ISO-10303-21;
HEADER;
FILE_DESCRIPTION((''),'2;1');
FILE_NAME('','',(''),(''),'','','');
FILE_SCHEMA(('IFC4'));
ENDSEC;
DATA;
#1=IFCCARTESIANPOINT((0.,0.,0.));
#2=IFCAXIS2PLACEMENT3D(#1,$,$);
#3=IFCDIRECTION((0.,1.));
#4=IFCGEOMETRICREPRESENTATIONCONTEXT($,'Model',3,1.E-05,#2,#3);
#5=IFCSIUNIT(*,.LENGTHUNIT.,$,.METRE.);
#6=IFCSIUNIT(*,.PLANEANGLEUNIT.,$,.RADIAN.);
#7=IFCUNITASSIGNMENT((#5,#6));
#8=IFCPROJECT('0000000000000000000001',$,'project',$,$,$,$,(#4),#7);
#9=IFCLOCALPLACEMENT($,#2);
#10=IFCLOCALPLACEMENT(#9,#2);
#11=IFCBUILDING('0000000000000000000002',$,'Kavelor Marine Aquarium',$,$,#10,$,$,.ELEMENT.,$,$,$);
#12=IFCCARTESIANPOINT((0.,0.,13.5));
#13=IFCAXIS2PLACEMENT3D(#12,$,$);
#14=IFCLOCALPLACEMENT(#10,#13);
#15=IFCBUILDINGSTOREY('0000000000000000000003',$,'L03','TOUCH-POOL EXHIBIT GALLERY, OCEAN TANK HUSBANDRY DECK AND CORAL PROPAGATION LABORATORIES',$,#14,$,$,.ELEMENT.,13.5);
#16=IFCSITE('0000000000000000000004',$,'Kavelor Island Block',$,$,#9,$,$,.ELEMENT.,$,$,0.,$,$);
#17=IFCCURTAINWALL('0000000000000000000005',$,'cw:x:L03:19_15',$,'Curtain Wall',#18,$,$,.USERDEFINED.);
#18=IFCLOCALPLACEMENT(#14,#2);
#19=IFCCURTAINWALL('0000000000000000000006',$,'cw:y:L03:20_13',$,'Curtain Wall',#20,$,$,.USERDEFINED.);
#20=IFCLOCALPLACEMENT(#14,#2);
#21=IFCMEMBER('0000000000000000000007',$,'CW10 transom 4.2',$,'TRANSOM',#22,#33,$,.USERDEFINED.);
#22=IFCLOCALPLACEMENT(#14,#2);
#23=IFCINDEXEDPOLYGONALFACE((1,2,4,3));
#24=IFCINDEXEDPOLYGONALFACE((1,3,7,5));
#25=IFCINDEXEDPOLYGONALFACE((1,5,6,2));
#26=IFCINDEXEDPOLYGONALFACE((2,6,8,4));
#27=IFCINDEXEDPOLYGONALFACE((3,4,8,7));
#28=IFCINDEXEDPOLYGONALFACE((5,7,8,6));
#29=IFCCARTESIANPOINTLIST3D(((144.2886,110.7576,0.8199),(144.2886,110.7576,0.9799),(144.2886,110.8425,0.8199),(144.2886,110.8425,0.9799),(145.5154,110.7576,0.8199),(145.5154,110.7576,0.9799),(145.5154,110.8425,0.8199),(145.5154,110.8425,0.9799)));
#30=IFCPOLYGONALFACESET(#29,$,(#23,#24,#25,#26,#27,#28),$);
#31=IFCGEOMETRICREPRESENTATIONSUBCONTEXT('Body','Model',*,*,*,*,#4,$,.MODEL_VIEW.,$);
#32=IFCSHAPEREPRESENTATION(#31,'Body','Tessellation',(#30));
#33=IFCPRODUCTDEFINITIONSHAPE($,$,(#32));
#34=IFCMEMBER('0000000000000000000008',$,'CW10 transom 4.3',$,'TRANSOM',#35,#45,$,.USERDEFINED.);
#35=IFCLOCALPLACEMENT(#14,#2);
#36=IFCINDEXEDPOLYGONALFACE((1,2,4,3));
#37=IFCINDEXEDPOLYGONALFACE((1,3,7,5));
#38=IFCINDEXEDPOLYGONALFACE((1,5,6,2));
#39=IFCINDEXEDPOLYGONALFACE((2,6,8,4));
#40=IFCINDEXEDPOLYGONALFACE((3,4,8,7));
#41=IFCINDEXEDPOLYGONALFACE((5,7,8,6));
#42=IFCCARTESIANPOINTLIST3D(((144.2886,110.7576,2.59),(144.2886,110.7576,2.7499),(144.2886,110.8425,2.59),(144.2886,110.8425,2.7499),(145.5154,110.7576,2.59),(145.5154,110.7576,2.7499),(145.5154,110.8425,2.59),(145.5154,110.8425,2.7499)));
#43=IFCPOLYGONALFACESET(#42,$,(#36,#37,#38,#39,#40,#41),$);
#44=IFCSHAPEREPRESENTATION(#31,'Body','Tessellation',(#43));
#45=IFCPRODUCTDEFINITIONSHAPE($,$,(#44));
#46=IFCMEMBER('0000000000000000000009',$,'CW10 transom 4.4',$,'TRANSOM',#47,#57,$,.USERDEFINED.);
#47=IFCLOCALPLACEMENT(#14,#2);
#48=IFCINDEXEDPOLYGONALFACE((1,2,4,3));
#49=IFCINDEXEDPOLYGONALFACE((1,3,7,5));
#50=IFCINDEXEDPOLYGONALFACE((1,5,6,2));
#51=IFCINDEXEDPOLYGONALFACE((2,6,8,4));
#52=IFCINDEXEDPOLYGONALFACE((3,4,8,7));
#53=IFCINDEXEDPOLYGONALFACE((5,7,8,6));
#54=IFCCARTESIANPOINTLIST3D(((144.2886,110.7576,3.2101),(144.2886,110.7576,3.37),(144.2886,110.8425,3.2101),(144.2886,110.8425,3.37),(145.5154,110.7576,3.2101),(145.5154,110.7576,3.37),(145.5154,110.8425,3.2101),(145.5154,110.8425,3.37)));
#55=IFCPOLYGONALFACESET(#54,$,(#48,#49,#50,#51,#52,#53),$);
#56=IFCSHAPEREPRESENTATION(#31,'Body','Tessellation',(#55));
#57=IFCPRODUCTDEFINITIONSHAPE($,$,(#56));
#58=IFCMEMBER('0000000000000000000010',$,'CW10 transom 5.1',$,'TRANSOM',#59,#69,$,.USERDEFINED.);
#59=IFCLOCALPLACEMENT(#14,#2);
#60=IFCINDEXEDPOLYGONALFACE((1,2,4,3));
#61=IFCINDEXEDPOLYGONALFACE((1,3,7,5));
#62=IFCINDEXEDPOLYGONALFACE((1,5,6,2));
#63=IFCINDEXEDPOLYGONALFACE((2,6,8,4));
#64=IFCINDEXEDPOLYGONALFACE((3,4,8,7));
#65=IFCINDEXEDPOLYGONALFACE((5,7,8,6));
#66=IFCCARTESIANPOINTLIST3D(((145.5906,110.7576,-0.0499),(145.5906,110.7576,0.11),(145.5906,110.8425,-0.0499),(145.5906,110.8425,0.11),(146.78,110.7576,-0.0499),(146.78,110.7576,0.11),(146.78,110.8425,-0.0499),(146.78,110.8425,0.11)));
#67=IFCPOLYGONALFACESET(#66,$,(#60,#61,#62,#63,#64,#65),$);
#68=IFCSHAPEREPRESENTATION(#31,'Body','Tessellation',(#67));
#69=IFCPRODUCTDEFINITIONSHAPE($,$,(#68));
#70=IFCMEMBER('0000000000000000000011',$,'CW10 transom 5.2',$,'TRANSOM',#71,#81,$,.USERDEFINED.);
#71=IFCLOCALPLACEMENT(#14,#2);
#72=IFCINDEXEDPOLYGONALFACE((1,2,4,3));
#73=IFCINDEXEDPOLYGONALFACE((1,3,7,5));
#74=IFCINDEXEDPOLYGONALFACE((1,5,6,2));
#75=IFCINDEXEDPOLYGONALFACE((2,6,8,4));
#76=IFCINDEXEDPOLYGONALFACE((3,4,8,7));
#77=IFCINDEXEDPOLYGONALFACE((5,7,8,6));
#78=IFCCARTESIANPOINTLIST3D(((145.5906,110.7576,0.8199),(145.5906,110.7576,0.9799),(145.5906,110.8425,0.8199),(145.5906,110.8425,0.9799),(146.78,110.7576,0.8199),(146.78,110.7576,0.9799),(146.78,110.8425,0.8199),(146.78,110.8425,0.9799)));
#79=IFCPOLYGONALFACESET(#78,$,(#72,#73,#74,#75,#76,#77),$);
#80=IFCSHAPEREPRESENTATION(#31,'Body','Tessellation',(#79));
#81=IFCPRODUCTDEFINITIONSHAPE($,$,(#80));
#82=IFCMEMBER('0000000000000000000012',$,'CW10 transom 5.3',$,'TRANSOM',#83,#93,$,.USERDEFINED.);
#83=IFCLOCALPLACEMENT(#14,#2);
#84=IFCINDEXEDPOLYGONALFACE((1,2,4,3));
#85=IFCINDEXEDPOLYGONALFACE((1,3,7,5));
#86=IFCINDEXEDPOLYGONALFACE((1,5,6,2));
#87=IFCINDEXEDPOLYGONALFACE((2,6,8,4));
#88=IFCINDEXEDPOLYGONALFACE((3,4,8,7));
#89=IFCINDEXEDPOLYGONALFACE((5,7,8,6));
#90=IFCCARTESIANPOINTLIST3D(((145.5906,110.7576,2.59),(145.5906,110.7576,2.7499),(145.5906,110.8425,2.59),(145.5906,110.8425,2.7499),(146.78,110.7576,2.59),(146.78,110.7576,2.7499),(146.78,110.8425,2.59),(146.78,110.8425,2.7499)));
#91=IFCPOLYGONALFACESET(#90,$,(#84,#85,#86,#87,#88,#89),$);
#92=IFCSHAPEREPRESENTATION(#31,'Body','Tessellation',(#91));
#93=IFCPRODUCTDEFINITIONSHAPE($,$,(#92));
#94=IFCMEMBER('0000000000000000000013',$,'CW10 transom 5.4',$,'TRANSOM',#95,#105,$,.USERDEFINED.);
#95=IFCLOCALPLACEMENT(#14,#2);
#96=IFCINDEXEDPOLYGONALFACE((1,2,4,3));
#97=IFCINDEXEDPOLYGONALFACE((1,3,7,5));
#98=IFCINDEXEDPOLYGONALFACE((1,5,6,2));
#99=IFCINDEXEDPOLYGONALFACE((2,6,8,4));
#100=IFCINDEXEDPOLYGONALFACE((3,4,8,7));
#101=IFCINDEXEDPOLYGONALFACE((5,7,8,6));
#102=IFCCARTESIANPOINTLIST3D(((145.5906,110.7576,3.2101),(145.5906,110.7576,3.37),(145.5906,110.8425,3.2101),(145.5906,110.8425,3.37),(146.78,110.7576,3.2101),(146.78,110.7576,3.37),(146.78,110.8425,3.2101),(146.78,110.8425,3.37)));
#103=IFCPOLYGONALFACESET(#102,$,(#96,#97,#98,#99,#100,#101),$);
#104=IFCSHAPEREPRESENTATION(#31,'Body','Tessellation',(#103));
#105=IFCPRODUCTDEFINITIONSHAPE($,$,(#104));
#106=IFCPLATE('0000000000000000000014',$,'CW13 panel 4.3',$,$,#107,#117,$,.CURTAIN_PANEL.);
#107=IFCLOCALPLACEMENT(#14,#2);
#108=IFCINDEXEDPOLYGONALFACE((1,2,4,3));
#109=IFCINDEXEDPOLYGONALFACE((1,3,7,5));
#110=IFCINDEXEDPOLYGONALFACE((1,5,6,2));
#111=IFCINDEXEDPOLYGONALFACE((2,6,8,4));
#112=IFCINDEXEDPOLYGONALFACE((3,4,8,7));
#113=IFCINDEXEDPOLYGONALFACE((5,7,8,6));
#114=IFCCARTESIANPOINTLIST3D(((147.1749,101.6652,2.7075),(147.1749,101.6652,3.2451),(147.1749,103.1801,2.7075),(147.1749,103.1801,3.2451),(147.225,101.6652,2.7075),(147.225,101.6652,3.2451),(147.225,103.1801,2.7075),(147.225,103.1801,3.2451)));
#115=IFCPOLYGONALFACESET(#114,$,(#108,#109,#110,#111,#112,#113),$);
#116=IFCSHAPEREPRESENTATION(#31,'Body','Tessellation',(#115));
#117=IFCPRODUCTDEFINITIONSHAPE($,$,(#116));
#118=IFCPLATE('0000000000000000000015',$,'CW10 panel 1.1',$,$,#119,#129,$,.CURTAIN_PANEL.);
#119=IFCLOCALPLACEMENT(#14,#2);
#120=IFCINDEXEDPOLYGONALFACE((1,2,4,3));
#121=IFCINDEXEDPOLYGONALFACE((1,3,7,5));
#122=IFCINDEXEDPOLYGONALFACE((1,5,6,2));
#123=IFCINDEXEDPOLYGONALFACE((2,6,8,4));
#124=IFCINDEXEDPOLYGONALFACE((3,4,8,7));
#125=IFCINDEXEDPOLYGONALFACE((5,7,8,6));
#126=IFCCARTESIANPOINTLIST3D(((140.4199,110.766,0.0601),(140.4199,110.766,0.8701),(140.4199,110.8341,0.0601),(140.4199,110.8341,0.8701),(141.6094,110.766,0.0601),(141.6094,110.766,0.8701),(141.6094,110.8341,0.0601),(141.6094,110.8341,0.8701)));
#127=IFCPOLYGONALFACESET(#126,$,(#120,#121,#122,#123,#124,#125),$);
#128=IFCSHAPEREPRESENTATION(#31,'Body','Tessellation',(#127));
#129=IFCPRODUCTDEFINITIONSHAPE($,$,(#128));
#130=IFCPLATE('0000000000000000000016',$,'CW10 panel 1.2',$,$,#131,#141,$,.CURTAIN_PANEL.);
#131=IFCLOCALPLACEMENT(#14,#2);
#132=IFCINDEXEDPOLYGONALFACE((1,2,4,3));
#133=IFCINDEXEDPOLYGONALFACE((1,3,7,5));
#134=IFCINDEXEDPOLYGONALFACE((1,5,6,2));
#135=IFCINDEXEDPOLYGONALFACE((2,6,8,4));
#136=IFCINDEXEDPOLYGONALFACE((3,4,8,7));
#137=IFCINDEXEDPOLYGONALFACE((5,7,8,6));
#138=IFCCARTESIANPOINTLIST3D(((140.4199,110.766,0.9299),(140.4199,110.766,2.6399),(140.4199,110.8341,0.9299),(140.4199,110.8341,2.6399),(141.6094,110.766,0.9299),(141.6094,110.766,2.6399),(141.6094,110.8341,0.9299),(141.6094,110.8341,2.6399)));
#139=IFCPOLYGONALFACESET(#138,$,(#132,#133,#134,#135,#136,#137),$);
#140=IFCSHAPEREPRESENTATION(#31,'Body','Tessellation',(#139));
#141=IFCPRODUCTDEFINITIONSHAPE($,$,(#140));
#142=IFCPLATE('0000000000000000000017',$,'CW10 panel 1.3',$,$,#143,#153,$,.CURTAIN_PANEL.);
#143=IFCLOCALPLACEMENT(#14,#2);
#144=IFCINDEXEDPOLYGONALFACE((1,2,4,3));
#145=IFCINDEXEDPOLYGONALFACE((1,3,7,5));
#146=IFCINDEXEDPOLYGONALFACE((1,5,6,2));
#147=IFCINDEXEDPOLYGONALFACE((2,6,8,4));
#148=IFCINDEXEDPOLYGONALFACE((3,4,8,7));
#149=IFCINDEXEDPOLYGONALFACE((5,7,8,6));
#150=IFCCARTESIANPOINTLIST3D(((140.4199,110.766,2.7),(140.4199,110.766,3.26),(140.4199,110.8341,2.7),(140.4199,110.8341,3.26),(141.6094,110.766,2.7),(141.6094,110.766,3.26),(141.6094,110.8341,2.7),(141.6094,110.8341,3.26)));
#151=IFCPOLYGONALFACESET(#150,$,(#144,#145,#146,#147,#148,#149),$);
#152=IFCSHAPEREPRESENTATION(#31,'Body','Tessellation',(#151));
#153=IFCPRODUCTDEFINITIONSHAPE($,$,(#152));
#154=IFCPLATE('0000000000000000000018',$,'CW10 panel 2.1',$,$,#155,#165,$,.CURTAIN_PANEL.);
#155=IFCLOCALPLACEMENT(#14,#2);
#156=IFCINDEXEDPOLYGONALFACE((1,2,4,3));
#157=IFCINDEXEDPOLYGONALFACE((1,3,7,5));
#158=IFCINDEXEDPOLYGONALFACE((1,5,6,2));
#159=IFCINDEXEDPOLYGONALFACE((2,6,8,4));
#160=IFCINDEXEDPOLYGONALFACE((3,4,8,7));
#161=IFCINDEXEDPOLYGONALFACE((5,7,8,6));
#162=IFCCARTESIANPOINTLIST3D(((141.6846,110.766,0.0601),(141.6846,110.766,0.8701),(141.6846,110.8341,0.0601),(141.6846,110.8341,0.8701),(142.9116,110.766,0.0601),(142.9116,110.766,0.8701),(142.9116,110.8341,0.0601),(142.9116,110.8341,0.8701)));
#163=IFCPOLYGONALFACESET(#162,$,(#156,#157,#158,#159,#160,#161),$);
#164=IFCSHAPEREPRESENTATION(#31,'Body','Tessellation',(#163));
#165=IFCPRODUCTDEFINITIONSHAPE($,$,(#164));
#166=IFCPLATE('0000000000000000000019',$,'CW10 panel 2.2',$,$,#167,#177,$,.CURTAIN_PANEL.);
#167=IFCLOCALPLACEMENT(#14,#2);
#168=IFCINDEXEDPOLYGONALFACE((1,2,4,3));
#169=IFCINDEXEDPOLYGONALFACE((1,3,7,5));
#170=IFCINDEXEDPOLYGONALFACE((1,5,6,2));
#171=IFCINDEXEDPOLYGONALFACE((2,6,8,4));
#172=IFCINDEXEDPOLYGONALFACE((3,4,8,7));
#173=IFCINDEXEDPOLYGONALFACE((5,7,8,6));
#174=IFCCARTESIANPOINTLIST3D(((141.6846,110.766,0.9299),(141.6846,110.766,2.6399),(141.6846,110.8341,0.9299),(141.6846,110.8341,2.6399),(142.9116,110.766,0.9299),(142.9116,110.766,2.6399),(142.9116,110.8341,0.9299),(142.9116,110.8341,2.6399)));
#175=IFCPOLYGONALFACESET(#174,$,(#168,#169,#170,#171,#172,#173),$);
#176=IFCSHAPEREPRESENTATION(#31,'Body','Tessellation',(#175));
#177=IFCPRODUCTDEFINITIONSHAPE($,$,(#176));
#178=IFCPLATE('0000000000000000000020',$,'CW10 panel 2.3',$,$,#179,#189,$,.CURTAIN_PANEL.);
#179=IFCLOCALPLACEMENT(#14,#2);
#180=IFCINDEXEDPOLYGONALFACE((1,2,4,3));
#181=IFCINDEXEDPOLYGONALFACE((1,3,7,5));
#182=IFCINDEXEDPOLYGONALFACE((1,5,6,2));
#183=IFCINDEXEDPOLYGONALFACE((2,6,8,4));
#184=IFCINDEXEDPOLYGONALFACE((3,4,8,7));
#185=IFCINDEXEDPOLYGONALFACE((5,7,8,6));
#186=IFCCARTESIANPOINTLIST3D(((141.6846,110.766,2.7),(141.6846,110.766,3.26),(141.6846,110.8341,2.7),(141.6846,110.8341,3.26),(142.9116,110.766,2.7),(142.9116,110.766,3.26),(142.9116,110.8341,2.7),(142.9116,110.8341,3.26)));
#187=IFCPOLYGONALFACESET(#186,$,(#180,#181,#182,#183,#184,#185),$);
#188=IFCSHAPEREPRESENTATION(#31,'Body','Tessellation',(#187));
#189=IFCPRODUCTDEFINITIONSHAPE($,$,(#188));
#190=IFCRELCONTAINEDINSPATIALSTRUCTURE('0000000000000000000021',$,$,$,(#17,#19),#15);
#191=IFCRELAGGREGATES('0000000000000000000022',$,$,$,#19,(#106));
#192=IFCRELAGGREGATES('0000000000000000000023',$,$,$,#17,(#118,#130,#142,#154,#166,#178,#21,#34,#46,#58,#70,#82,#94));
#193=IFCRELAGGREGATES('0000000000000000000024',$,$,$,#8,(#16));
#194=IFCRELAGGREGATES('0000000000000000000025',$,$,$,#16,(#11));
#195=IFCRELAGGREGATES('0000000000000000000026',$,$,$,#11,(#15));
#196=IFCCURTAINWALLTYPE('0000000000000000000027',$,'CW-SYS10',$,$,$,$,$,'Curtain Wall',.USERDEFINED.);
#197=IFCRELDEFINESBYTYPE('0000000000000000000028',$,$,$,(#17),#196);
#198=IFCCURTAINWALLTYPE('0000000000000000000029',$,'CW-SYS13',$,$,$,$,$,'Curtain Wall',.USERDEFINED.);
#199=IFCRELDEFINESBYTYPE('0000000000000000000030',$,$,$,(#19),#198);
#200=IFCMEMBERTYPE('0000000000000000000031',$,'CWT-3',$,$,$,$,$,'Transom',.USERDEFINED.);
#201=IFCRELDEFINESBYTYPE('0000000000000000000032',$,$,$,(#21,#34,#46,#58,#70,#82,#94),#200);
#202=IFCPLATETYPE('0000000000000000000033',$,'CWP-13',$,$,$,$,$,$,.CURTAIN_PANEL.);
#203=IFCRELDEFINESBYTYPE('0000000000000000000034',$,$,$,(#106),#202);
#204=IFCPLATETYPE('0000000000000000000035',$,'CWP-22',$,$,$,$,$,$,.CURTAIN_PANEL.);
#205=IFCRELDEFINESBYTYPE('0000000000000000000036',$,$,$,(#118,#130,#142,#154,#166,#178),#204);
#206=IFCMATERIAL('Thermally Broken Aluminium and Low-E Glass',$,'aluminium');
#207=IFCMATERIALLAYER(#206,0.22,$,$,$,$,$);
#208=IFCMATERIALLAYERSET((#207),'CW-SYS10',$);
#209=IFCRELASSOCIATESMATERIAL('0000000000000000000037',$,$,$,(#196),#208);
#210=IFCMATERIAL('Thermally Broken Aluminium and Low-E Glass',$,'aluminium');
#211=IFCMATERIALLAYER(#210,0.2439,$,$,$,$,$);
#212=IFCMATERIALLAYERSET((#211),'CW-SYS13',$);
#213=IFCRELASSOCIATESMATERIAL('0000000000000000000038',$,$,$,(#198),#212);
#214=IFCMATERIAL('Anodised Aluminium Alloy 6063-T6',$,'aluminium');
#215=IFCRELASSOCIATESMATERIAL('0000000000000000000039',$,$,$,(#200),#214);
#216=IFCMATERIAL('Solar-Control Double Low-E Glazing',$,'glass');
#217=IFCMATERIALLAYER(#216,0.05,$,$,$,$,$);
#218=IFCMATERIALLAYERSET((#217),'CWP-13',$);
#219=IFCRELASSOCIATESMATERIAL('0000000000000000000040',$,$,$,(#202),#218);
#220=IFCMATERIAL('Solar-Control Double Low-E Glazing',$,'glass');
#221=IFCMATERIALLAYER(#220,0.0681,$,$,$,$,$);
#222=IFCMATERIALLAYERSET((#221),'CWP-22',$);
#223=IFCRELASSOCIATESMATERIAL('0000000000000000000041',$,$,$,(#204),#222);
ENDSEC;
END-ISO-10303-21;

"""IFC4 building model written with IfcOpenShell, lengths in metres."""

from ifc_helpers import new_model, si_unit, direction, frame, origin, origin_2d, place, context, subcontext, project, spatial, rectangle, extrude, material, layer, layer_set, material_profile, profile_set, type_object, element, aggregate, save


model = new_model("IFC4")

# Units and contexts
model_context = context("Model", 3, precision=1e-05, world=origin(), true_north=direction((0.0, 1.0)))
body_context = subcontext(model_context, "Body", "Model", "MODEL_VIEW")
ifc_project = project(units=[si_unit("LENGTHUNIT", "METRE"), si_unit("PLANEANGLEUNIT", "RADIAN")], contexts=[model_context])

# Site, building, storey
site_placement = place(None, origin())
site = spatial("IfcSite", under=ifc_project, at=site_placement, Name="Kavelor Island Block", CompositionType="ELEMENT", RefElevation=0.0)
building_placement = place(site_placement, origin())
building = spatial("IfcBuilding", under=site, at=building_placement, Name="Kavelor Marine Aquarium", CompositionType="ELEMENT")
storey_placement = place(building_placement, frame((0.0, 0.0, 13.5)))
storey = spatial("IfcBuildingStorey", under=building, at=storey_placement, Name="L03", Description="TOUCH-POOL EXHIBIT GALLERY, OCEAN TANK HUSBANDRY DECK AND CORAL PROPAGATION LABORATORIES", CompositionType="ELEMENT", Elevation=13.5)

# Curtain wall
ifc_material_1 = material(Name="Thermally Broken Aluminium and Low-E Glass", Category="aluminium")
ifc_layer_1 = layer(ifc_material_1, 0.22)
ifc_layer_set_1 = layer_set([ifc_layer_1], Name="CW-SYS10")
curtain_wall_type_1 = type_object("IfcCurtainWallType", Name="CW-SYS10", ElementType="Curtain Wall", PredefinedType="USERDEFINED", material=ifc_layer_set_1)
curtain_wall_1_placement = place(storey_placement, origin())
curtain_wall_1 = element("IfcCurtainWall", 1, at=curtain_wall_1_placement, inside=storey, type_object=curtain_wall_type_1, Name="cw:x:L03:19_15", ObjectType="Curtain Wall", PredefinedType="USERDEFINED")

# Curtain wall
ifc_material_2 = material(Name="Thermally Broken Aluminium and Low-E Glass", Category="aluminium")
ifc_layer_2 = layer(ifc_material_2, 0.2439)
ifc_layer_set_2 = layer_set([ifc_layer_2], Name="CW-SYS13")
curtain_wall_type_2 = type_object("IfcCurtainWallType", Name="CW-SYS13", ElementType="Curtain Wall", PredefinedType="USERDEFINED", material=ifc_layer_set_2)
curtain_wall_2_placement = place(storey_placement, origin())
curtain_wall_2 = element("IfcCurtainWall", 2, at=curtain_wall_2_placement, inside=storey, type_object=curtain_wall_type_2, Name="cw:y:L03:20_13", ObjectType="Curtain Wall", PredefinedType="USERDEFINED")

# Members
ifc_material_3 = material(Name="Anodised Aluminium Alloy 6063-T6", Category="aluminium")
ifc_material_profile_1 = material_profile(ifc_material_3, rectangle(XDim=0.085, YDim=0.1599, at=origin_2d()), Name="CW-TRN 85x160")
ifc_profile_set_1 = profile_set([ifc_material_profile_1], Name="Anodised Aluminium Alloy 6063-T6")
member_type_1 = type_object("IfcMemberType", Name="CWT-3", ElementType="Transom", PredefinedType="USERDEFINED", material=ifc_profile_set_1)
member_1_placement = place(storey_placement, frame((144.2886, 110.8, 0.8999), z_axis=(1.0, 0.0, 0.0), x_axis=(0.0, 1.0, 0.0)))
member_1 = element("IfcMember", 3, at=member_1_placement, type_object=member_type_1, Name="CW10 transom 4.2", ObjectType="TRANSOM", PredefinedType="USERDEFINED", context=body_context, shape_type="SweptSolid", body=[
    extrude(rectangle(XDim=0.085, YDim=0.1599, at=origin_2d()), origin(), (0.0, 0.0, 1.0), 1.2268),
])
member_2_placement = place(storey_placement, frame((144.2886, 110.8, 2.6699), z_axis=(1.0, 0.0, 0.0), x_axis=(0.0, 1.0, 0.0)))
member_2 = element("IfcMember", 4, at=member_2_placement, type_object=member_type_1, Name="CW10 transom 4.3", ObjectType="TRANSOM", PredefinedType="USERDEFINED", context=body_context, shape_type="SweptSolid", body=[
    extrude(rectangle(XDim=0.085, YDim=0.1599, at=origin_2d()), origin(), (0.0, 0.0, 1.0), 1.2268),
])
member_3_placement = place(storey_placement, frame((144.2886, 110.8, 3.29), z_axis=(1.0, 0.0, 0.0), x_axis=(0.0, 1.0, 0.0)))
member_3 = element("IfcMember", 5, at=member_3_placement, type_object=member_type_1, Name="CW10 transom 4.4", ObjectType="TRANSOM", PredefinedType="USERDEFINED", context=body_context, shape_type="SweptSolid", body=[
    extrude(rectangle(XDim=0.085, YDim=0.1599, at=origin_2d()), origin(), (0.0, 0.0, 1.0), 1.2268),
])
member_4_placement = place(storey_placement, frame((145.5906, 110.8, 0.03), z_axis=(1.0, 0.0, 0.0), x_axis=(0.0, 1.0, 0.0)))
member_4 = element("IfcMember", 6, at=member_4_placement, type_object=member_type_1, Name="CW10 transom 5.1", ObjectType="TRANSOM", PredefinedType="USERDEFINED", context=body_context, shape_type="SweptSolid", body=[
    extrude(rectangle(XDim=0.085, YDim=0.1599, at=origin_2d()), origin(), (0.0, 0.0, 1.0), 1.1895),
])
member_5_placement = place(storey_placement, frame((145.5906, 110.8, 0.8999), z_axis=(1.0, 0.0, 0.0), x_axis=(0.0, 1.0, 0.0)))
member_5 = element("IfcMember", 7, at=member_5_placement, type_object=member_type_1, Name="CW10 transom 5.2", ObjectType="TRANSOM", PredefinedType="USERDEFINED", context=body_context, shape_type="SweptSolid", body=[
    extrude(rectangle(XDim=0.085, YDim=0.1599, at=origin_2d()), origin(), (0.0, 0.0, 1.0), 1.1895),
])
member_6_placement = place(storey_placement, frame((145.5906, 110.8, 2.6699), z_axis=(1.0, 0.0, 0.0), x_axis=(0.0, 1.0, 0.0)))
member_6 = element("IfcMember", 8, at=member_6_placement, type_object=member_type_1, Name="CW10 transom 5.3", ObjectType="TRANSOM", PredefinedType="USERDEFINED", context=body_context, shape_type="SweptSolid", body=[
    extrude(rectangle(XDim=0.085, YDim=0.1599, at=origin_2d()), origin(), (0.0, 0.0, 1.0), 1.1895),
])
member_7_placement = place(storey_placement, frame((145.5906, 110.8, 3.29), z_axis=(1.0, 0.0, 0.0), x_axis=(0.0, 1.0, 0.0)))
member_7 = element("IfcMember", 9, at=member_7_placement, type_object=member_type_1, Name="CW10 transom 5.4", ObjectType="TRANSOM", PredefinedType="USERDEFINED", context=body_context, shape_type="SweptSolid", body=[
    extrude(rectangle(XDim=0.085, YDim=0.1599, at=origin_2d()), origin(), (0.0, 0.0, 1.0), 1.1895),
])

# Plates
ifc_material_4 = material(Name="Solar-Control Double Low-E Glazing", Category="glass")
ifc_layer_3 = layer(ifc_material_4, 0.05)
ifc_layer_set_3 = layer_set([ifc_layer_3], Name="CWP-13")
plate_type_1 = type_object("IfcPlateType", Name="CWP-13", PredefinedType="CURTAIN_PANEL", material=ifc_layer_set_3)
plate_1_placement = place(storey_placement, frame((147.2, 102.4226, 2.7075), z_axis=(0.0, 0.0, 1.0), x_axis=(0.0, 1.0, 0.0)))
plate_1 = element("IfcPlate", 10, at=plate_1_placement, type_object=plate_type_1, Name="CW13 panel 4.3", PredefinedType="CURTAIN_PANEL", context=body_context, shape_type="SweptSolid", body=[
    extrude(rectangle(XDim=1.5149, YDim=0.05, at=origin_2d()), origin(), (0.0, 0.0, 1.0), 0.5376),
])
aggregate(curtain_wall_2, [plate_1])
ifc_material_5 = material(Name="Solar-Control Double Low-E Glazing", Category="glass")
ifc_layer_4 = layer(ifc_material_5, 0.0681)
ifc_layer_set_4 = layer_set([ifc_layer_4], Name="CWP-22")
plate_type_2 = type_object("IfcPlateType", Name="CWP-22", PredefinedType="CURTAIN_PANEL", material=ifc_layer_set_4)
plate_2_placement = place(storey_placement, frame((141.0146, 110.8, 0.0601), z_axis=(0.0, 0.0, 1.0), x_axis=(1.0, 0.0, 0.0)))
plate_2 = element("IfcPlate", 11, at=plate_2_placement, type_object=plate_type_2, Name="CW10 panel 1.1", PredefinedType="CURTAIN_PANEL", context=body_context, shape_type="SweptSolid", body=[
    extrude(rectangle(XDim=1.1895, YDim=0.0681, at=origin_2d()), origin(), (0.0, 0.0, 1.0), 0.8101),
])
plate_3_placement = place(storey_placement, frame((141.0146, 110.8, 0.9299), z_axis=(0.0, 0.0, 1.0), x_axis=(1.0, 0.0, 0.0)))
plate_3 = element("IfcPlate", 12, at=plate_3_placement, type_object=plate_type_2, Name="CW10 panel 1.2", PredefinedType="CURTAIN_PANEL", context=body_context, shape_type="SweptSolid", body=[
    extrude(rectangle(XDim=1.1895, YDim=0.0681, at=origin_2d()), origin(), (0.0, 0.0, 1.0), 1.71),
])
plate_4_placement = place(storey_placement, frame((141.0146, 110.8, 2.7), z_axis=(0.0, 0.0, 1.0), x_axis=(1.0, 0.0, 0.0)))
plate_4 = element("IfcPlate", 13, at=plate_4_placement, type_object=plate_type_2, Name="CW10 panel 1.3", PredefinedType="CURTAIN_PANEL", context=body_context, shape_type="SweptSolid", body=[
    extrude(rectangle(XDim=1.1895, YDim=0.0681, at=origin_2d()), origin(), (0.0, 0.0, 1.0), 0.5601),
])
plate_5_placement = place(storey_placement, frame((142.2981, 110.8, 0.0601), z_axis=(0.0, 0.0, 1.0), x_axis=(1.0, 0.0, 0.0)))
plate_5 = element("IfcPlate", 14, at=plate_5_placement, type_object=plate_type_2, Name="CW10 panel 2.1", PredefinedType="CURTAIN_PANEL", context=body_context, shape_type="SweptSolid", body=[
    extrude(rectangle(XDim=1.2271, YDim=0.0681, at=origin_2d()), origin(), (0.0, 0.0, 1.0), 0.8101),
])
plate_6_placement = place(storey_placement, frame((142.2981, 110.8, 0.9299), z_axis=(0.0, 0.0, 1.0), x_axis=(1.0, 0.0, 0.0)))
plate_6 = element("IfcPlate", 15, at=plate_6_placement, type_object=plate_type_2, Name="CW10 panel 2.2", PredefinedType="CURTAIN_PANEL", context=body_context, shape_type="SweptSolid", body=[
    extrude(rectangle(XDim=1.2271, YDim=0.0681, at=origin_2d()), origin(), (0.0, 0.0, 1.0), 1.71),
])
plate_7_placement = place(storey_placement, frame((142.2981, 110.8, 2.7), z_axis=(0.0, 0.0, 1.0), x_axis=(1.0, 0.0, 0.0)))
plate_7 = element("IfcPlate", 16, at=plate_7_placement, type_object=plate_type_2, Name="CW10 panel 2.3", PredefinedType="CURTAIN_PANEL", context=body_context, shape_type="SweptSolid", body=[
    extrude(rectangle(XDim=1.2271, YDim=0.0681, at=origin_2d()), origin(), (0.0, 0.0, 1.0), 0.5601),
])
aggregate(curtain_wall_1, [plate_2, plate_3, plate_4, plate_5, plate_6, plate_7, member_1, member_2, member_3, member_4, member_5, member_6, member_7])

save(model, "model.ifc")
